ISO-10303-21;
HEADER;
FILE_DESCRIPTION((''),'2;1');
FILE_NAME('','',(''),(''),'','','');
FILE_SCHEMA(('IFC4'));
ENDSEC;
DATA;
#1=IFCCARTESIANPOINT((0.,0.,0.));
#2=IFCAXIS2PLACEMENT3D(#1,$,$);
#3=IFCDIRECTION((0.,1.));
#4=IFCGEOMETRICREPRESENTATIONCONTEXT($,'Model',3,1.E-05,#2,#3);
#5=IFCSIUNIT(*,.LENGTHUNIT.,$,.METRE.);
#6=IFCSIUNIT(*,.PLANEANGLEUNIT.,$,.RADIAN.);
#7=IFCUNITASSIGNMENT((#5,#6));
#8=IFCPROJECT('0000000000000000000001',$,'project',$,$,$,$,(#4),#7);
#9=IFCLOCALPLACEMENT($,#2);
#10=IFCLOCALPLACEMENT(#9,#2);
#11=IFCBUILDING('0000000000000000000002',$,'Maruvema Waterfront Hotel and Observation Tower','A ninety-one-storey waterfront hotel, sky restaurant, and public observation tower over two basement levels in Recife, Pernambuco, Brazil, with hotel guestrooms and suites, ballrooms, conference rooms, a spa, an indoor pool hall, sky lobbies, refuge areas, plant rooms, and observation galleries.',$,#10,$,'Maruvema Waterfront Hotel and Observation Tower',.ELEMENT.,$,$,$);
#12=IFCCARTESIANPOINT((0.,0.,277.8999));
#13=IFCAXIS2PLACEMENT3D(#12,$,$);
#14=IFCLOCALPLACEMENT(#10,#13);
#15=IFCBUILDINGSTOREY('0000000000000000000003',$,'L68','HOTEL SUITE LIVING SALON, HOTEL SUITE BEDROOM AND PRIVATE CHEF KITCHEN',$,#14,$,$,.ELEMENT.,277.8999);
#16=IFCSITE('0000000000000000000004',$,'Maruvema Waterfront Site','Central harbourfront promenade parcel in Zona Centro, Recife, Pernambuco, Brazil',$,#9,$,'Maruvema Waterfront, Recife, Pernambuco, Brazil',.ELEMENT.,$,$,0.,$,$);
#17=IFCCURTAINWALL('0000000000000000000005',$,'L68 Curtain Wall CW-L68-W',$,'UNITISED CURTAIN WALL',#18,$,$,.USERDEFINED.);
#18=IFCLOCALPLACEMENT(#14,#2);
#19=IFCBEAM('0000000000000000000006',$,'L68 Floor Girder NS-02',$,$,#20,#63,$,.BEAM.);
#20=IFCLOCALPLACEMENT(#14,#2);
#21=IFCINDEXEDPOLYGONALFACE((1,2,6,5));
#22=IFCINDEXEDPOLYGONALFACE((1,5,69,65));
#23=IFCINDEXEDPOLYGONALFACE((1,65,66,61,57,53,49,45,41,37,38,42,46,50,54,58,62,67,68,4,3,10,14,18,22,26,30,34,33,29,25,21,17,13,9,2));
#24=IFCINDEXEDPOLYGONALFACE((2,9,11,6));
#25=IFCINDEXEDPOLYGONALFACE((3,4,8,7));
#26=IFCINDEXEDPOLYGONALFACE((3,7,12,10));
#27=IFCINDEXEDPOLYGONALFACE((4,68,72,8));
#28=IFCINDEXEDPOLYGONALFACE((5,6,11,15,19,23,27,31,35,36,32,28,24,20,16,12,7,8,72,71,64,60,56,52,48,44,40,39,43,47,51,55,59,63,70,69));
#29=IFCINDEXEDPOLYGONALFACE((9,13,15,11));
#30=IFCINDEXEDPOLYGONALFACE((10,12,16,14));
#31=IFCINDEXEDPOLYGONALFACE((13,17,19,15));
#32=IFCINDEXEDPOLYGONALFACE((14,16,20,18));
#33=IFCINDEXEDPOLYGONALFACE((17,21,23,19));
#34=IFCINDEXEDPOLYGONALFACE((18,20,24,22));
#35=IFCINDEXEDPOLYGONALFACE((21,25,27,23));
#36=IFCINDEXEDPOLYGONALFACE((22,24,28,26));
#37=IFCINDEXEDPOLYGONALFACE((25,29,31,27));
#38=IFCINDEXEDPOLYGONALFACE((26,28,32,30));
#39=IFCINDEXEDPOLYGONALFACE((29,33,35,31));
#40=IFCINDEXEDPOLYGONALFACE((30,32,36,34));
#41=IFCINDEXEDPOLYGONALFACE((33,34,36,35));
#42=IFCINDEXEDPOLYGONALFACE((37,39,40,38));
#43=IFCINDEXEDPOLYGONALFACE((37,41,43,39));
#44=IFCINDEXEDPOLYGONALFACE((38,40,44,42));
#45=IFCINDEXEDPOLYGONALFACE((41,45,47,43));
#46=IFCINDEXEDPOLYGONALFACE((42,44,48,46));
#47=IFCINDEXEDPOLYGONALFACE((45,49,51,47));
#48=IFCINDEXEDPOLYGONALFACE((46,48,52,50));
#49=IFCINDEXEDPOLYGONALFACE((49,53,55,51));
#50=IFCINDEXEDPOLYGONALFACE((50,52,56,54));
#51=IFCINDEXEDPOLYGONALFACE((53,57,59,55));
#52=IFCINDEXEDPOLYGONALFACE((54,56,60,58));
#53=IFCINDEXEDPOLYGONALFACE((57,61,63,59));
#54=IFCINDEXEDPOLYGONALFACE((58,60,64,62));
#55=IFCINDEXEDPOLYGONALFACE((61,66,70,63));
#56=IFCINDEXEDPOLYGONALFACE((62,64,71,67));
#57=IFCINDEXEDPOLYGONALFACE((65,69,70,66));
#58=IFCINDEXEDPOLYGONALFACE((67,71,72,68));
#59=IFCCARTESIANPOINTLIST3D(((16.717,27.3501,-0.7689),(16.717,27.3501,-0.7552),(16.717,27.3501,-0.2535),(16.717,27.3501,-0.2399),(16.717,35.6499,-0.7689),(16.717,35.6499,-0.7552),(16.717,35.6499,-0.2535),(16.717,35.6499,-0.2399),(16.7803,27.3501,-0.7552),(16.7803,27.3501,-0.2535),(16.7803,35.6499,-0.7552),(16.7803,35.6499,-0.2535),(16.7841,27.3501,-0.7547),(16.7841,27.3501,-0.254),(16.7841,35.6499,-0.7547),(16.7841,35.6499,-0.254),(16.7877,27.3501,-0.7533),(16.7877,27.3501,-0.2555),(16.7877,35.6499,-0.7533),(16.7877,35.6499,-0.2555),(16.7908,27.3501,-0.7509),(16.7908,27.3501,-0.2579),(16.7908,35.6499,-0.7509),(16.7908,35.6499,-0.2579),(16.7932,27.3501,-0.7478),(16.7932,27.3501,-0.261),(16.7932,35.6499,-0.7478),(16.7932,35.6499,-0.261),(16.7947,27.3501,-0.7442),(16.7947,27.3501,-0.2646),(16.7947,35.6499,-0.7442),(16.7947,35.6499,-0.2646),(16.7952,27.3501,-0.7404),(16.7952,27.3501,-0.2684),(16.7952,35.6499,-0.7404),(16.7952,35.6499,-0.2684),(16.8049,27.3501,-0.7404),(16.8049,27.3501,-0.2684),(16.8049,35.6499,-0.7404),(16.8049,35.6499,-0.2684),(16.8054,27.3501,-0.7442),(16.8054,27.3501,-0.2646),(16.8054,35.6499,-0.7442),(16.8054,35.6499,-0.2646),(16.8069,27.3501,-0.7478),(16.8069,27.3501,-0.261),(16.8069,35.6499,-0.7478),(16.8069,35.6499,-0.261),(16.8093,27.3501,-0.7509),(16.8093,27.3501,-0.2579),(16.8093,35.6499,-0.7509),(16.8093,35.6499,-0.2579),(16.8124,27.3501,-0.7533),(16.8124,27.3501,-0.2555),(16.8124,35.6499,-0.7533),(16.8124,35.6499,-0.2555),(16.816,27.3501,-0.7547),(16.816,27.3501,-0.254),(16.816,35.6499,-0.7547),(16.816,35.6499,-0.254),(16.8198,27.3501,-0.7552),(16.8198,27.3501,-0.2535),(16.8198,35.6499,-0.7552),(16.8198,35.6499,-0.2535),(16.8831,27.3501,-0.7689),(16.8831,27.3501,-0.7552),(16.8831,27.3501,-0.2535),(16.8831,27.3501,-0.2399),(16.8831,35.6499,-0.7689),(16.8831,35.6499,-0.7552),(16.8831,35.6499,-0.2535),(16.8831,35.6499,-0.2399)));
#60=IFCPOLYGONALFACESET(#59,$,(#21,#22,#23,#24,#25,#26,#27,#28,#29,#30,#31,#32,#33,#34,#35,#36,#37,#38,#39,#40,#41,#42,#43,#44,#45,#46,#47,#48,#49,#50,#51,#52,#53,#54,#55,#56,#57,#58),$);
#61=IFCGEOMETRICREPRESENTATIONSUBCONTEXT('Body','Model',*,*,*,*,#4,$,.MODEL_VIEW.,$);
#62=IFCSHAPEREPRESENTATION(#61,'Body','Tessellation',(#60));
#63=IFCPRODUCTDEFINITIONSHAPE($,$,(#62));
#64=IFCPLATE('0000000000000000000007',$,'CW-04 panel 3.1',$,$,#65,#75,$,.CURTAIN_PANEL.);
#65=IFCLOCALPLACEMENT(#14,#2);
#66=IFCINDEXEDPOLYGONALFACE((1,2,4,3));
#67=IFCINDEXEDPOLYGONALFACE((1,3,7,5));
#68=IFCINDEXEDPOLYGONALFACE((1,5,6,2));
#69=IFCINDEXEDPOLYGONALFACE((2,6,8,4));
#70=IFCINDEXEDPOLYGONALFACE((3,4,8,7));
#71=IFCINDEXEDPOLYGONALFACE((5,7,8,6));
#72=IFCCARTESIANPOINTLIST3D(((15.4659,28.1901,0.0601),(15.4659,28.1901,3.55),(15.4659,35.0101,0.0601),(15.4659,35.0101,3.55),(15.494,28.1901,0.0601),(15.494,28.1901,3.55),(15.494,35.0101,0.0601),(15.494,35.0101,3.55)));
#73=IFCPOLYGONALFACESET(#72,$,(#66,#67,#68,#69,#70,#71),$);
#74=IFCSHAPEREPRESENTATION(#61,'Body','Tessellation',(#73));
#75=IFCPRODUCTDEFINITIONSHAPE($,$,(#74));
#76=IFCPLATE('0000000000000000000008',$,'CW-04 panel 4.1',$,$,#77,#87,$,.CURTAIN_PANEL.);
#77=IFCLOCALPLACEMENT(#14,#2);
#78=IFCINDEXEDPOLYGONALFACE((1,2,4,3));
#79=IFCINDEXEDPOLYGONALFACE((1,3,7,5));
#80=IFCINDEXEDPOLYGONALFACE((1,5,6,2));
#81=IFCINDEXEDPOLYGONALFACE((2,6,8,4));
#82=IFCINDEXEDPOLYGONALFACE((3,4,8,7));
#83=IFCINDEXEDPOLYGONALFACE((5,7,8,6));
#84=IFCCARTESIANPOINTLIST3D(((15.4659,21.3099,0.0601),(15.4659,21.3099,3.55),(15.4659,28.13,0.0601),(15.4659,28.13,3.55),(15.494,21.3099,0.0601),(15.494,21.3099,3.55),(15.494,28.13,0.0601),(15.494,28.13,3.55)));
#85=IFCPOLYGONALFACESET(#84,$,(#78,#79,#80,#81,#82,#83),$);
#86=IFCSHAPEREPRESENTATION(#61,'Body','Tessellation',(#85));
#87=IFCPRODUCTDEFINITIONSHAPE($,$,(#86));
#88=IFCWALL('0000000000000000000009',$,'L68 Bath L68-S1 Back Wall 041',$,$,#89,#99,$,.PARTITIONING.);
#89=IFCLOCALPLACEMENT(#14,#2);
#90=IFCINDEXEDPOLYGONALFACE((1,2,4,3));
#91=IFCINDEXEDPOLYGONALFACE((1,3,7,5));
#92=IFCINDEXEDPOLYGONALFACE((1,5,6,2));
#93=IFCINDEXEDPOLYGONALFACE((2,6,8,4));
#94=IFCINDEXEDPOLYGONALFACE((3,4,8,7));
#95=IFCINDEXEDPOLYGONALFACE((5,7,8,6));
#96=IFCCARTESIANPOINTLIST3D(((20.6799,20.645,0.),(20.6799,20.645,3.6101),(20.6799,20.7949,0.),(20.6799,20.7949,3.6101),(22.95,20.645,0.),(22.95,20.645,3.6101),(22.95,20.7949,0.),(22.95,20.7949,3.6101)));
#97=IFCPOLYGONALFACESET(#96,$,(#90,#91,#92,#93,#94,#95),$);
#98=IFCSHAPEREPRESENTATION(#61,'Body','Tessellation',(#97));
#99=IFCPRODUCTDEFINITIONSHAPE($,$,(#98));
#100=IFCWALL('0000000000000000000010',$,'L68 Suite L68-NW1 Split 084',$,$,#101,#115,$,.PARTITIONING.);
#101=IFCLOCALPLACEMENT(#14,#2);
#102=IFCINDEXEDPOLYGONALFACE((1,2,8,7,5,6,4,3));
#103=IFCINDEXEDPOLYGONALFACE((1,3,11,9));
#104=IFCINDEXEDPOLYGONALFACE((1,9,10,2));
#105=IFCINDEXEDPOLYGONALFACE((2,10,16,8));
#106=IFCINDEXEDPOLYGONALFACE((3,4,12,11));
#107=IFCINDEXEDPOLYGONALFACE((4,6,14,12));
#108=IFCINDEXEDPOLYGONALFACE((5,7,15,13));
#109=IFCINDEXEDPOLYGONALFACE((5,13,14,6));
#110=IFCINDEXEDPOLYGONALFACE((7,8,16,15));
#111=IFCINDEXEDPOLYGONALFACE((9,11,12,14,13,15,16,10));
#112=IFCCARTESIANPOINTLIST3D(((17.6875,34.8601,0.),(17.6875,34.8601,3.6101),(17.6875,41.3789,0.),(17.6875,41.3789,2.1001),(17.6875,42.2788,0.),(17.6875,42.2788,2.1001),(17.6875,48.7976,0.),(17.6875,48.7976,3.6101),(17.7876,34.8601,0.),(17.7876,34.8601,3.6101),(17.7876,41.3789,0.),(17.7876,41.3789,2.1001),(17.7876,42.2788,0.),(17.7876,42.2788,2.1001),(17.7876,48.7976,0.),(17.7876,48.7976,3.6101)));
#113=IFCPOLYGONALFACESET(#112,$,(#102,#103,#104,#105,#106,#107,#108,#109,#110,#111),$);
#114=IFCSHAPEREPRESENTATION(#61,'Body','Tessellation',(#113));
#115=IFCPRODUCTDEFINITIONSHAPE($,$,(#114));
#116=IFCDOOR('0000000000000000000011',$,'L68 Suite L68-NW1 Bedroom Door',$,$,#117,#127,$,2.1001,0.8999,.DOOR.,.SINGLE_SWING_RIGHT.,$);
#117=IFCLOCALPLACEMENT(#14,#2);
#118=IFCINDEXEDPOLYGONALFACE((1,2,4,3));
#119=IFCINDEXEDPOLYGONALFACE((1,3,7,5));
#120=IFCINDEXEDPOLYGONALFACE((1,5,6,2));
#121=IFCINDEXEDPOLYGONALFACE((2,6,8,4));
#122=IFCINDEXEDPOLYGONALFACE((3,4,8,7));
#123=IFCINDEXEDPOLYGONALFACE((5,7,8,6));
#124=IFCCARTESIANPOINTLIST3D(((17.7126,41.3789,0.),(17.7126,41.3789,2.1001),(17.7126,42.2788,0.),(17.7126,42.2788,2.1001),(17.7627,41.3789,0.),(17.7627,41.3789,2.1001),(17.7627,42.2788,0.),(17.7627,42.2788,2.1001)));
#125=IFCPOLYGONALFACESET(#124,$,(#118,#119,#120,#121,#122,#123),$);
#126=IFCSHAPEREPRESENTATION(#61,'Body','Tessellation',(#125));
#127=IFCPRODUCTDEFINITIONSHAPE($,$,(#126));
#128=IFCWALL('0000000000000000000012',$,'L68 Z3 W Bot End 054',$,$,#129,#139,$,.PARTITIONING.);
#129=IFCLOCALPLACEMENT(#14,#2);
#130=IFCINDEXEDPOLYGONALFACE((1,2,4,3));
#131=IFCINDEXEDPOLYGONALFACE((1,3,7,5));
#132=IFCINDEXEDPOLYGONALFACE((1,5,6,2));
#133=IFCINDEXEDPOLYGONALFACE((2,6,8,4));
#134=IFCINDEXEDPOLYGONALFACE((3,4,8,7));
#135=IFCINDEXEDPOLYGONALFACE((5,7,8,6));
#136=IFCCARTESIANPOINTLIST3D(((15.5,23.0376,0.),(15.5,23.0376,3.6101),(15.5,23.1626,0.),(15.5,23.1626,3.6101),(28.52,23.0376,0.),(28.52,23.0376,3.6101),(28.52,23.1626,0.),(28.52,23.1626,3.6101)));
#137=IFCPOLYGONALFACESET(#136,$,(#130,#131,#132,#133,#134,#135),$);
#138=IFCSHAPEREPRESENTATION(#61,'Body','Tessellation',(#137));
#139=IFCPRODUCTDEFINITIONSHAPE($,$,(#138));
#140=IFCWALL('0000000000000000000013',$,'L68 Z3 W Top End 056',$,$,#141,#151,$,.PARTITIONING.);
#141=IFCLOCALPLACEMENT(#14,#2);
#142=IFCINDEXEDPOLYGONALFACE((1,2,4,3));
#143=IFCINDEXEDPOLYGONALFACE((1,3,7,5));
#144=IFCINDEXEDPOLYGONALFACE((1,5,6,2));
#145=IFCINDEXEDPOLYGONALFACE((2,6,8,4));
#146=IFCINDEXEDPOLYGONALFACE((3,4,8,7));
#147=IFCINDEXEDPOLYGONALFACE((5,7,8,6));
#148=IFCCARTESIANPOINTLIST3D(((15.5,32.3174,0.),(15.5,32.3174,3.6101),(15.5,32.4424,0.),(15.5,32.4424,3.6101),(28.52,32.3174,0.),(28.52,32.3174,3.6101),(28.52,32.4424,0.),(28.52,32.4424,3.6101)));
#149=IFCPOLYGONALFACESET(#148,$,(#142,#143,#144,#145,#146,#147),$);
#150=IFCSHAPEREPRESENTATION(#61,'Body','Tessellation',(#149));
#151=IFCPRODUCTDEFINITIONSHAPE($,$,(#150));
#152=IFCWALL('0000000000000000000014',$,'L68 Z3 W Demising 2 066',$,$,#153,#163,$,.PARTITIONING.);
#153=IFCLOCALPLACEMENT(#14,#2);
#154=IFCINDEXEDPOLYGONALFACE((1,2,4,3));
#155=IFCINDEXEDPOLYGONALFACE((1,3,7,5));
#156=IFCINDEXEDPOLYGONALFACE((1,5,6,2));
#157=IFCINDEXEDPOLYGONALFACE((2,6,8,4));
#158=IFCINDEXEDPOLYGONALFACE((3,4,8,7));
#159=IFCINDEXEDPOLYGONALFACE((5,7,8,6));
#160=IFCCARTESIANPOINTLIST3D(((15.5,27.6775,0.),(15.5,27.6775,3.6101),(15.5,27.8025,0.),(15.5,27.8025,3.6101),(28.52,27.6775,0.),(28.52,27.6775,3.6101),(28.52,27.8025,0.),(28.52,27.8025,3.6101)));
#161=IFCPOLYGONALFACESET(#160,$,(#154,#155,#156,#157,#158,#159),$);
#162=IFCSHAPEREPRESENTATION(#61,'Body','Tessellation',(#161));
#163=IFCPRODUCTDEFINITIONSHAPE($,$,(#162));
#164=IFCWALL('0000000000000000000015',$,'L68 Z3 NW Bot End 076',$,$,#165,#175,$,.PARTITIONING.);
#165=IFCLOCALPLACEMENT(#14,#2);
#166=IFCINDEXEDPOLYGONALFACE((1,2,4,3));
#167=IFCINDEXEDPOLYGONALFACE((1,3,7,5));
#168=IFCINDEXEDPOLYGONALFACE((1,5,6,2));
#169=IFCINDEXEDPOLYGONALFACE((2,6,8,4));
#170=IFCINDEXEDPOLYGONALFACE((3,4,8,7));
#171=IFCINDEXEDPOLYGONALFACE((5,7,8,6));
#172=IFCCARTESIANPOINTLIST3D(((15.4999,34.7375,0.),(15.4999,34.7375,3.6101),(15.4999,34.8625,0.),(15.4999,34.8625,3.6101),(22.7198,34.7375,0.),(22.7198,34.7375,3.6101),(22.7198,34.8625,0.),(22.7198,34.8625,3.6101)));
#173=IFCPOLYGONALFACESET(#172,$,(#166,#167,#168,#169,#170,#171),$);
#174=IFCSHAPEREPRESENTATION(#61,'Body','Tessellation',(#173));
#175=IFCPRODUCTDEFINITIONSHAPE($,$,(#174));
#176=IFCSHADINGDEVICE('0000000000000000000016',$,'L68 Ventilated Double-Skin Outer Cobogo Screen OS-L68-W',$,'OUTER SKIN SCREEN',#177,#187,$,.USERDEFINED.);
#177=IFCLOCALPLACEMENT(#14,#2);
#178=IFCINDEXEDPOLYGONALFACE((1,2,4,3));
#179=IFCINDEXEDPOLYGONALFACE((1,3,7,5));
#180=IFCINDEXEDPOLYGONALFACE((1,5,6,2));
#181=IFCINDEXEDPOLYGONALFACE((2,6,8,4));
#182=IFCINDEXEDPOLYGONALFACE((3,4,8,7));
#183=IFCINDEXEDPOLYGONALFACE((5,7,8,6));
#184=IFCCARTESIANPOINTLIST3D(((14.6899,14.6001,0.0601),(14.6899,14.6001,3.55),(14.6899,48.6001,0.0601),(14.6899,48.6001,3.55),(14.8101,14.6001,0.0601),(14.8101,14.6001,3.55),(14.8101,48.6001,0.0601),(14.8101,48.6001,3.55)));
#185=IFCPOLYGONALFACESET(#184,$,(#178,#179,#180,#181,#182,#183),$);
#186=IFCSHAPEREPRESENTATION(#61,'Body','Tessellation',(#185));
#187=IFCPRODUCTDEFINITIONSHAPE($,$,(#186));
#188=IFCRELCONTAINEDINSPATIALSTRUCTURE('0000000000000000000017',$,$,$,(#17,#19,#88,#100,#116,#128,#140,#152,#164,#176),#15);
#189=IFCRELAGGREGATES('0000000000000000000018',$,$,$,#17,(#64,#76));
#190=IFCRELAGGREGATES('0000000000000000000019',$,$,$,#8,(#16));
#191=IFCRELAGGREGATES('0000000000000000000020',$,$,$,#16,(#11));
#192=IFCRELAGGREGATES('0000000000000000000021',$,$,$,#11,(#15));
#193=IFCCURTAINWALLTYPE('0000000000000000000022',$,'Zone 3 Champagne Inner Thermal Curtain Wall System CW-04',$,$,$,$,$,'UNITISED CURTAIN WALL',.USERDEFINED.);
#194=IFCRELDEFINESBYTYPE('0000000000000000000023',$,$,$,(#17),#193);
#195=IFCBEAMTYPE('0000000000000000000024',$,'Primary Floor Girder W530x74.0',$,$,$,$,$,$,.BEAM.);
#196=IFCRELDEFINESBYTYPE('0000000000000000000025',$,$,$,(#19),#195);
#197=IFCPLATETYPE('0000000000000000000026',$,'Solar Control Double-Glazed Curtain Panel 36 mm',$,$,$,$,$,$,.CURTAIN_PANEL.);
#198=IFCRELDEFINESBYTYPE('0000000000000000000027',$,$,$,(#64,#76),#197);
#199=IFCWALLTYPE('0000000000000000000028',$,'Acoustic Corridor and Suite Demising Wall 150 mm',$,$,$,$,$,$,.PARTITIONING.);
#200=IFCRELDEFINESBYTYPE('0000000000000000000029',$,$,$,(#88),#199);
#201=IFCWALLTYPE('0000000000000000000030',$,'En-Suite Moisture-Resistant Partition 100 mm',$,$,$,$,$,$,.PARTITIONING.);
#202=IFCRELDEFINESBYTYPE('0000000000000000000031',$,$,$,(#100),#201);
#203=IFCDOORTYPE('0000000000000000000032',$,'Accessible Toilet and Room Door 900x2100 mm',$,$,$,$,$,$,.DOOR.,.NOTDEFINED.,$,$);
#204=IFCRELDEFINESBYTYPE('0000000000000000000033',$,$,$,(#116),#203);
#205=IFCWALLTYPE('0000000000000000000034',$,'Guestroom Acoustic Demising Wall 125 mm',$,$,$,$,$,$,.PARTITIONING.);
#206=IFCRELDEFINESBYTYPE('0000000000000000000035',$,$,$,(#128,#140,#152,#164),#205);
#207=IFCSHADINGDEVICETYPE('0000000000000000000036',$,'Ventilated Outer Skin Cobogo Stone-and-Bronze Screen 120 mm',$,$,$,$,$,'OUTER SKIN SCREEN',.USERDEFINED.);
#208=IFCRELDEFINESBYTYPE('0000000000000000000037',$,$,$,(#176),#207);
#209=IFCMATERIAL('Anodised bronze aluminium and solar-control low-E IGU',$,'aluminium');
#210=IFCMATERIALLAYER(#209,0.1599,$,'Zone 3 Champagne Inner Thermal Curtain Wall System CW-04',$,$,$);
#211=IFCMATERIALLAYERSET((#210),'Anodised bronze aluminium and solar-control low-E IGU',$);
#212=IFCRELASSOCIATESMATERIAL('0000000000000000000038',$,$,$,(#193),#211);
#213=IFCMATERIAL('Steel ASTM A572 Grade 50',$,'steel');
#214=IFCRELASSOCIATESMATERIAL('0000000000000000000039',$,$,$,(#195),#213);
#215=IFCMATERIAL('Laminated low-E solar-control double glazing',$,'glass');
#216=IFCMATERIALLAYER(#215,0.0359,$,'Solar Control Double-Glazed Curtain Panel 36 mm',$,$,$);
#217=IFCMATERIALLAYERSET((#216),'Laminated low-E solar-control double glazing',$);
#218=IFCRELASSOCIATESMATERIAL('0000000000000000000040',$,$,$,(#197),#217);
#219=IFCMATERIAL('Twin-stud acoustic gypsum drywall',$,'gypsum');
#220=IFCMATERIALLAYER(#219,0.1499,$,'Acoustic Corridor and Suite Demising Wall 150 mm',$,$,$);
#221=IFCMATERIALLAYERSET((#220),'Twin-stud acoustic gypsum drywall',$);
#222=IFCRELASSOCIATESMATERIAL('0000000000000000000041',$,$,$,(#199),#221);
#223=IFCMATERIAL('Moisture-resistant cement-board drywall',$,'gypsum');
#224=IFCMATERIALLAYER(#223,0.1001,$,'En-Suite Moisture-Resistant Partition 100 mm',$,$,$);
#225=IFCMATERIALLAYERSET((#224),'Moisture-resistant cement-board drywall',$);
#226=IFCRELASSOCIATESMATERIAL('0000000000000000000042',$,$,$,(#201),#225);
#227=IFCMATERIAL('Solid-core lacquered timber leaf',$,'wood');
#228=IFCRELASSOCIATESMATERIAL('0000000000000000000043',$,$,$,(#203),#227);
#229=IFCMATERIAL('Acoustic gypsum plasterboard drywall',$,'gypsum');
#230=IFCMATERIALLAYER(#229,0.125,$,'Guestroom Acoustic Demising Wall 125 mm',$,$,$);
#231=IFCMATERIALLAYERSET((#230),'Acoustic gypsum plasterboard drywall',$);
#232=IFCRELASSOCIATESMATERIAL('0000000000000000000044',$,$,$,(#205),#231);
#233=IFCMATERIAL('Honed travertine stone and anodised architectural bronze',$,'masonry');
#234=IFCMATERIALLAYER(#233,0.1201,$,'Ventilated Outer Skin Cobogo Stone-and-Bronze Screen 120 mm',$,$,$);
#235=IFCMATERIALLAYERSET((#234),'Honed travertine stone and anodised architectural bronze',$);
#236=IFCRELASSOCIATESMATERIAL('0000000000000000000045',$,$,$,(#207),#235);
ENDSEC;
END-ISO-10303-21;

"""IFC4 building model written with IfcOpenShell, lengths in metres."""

from ifc_helpers import new_model, si_unit, direction, frame, frame_2d, origin, origin_2d, place, context, subcontext, project, spatial, rectangle, i_section, extrude, material, layer, layer_set, material_profile, profile_set, type_object, element, fill, aggregate, save


model = new_model("IFC4")

# Units and contexts
model_context = context("Model", 3, precision=1e-05, world=origin(), true_north=direction((0.0, 1.0)))
body_context = subcontext(model_context, "Body", "Model", "MODEL_VIEW")
ifc_project = project(units=[si_unit("LENGTHUNIT", "METRE"), si_unit("PLANEANGLEUNIT", "RADIAN")], contexts=[model_context])

# Site, building, storey
site_placement = place(None, origin())
site = spatial("IfcSite", under=ifc_project, at=site_placement, Name="Maruvema Waterfront Site", Description="Central harbourfront promenade parcel in Zona Centro, Recife, Pernambuco, Brazil", LongName="Maruvema Waterfront, Recife, Pernambuco, Brazil", CompositionType="ELEMENT", RefElevation=0.0)
building_placement = place(site_placement, origin())
building = spatial("IfcBuilding", under=site, at=building_placement, Name="Maruvema Waterfront Hotel and Observation Tower", Description="A ninety-one-storey waterfront hotel, sky restaurant, and public observation tower over two basement levels in Recife, Pernambuco, Brazil, with hotel guestrooms and suites, ballrooms, conference rooms, a spa, an indoor pool hall, sky lobbies, refuge areas, plant rooms, and observation galleries.", LongName="Maruvema Waterfront Hotel and Observation Tower", CompositionType="ELEMENT")
storey_placement = place(building_placement, frame((0.0, 0.0, 277.8999)))
storey = spatial("IfcBuildingStorey", under=building, at=storey_placement, Name="L68", Description="HOTEL SUITE LIVING SALON, HOTEL SUITE BEDROOM AND PRIVATE CHEF KITCHEN", CompositionType="ELEMENT", Elevation=277.8999)

# Curtain wall
ifc_material_1 = material(Name="Anodised bronze aluminium and solar-control low-E IGU", Category="aluminium")
ifc_layer_1 = layer(ifc_material_1, 0.1599, Name="Zone 3 Champagne Inner Thermal Curtain Wall System CW-04")
ifc_layer_set_1 = layer_set([ifc_layer_1], Name="Anodised bronze aluminium and solar-control low-E IGU")
curtain_wall_type = type_object("IfcCurtainWallType", Name="Zone 3 Champagne Inner Thermal Curtain Wall System CW-04", ElementType="UNITISED CURTAIN WALL", PredefinedType="USERDEFINED", material=ifc_layer_set_1)
curtain_wall_placement = place(storey_placement, origin())
curtain_wall = element("IfcCurtainWall", 1, at=curtain_wall_placement, inside=storey, type_object=curtain_wall_type, Name="L68 Curtain Wall CW-L68-W", ObjectType="UNITISED CURTAIN WALL", PredefinedType="USERDEFINED")

# Beam
ifc_material_2 = material(Name="Steel ASTM A572 Grade 50", Category="steel")
ifc_material_profile_1 = material_profile(ifc_material_2, i_section(OverallWidth=0.166, OverallDepth=0.5291, WebThickness=0.0098, FlangeThickness=0.0137, FilletRadius=0.0149, at=origin_2d()), Name="W530x74.0")
ifc_profile_set_1 = profile_set([ifc_material_profile_1], Name="Steel ASTM A572 Grade 50")
beam_type = type_object("IfcBeamType", Name="Primary Floor Girder W530x74.0", PredefinedType="BEAM", material=ifc_profile_set_1)
beam_1_placement = place(storey_placement, frame((16.8, 27.3501, -0.5044), z_axis=(0.0, 1.0, 0.0), x_axis=(-1.0, 0.0, 0.0)))
element("IfcBeam", 2, at=beam_1_placement, inside=storey, type_object=beam_type, Name="L68 Floor Girder NS-02", PredefinedType="BEAM", context=body_context, shape_type="SweptSolid", body=[
    extrude(i_section(OverallWidth=0.166, OverallDepth=0.5291, WebThickness=0.0098, FlangeThickness=0.0137, FilletRadius=0.0149, at=origin_2d()), origin(), (0.0, 0.0, 1.0), 8.2998),
])

# Plates
ifc_material_3 = material(Name="Laminated low-E solar-control double glazing", Category="glass")
ifc_layer_2 = layer(ifc_material_3, 0.0359, Name="Solar Control Double-Glazed Curtain Panel 36 mm")
ifc_layer_set_2 = layer_set([ifc_layer_2], Name="Laminated low-E solar-control double glazing")
plate_type = type_object("IfcPlateType", Name="Solar Control Double-Glazed Curtain Panel 36 mm", PredefinedType="CURTAIN_PANEL", material=ifc_layer_set_2)
plate_1_placement = place(storey_placement, frame((15.48, 31.6001, 0.0601), z_axis=(0.0, 0.0, 1.0), x_axis=(0.0, -1.0, 0.0)))
plate_1 = element("IfcPlate", 3, at=plate_1_placement, type_object=plate_type, Name="CW-04 panel 3.1", PredefinedType="CURTAIN_PANEL", context=body_context, shape_type="SweptSolid", body=[
    extrude(rectangle(XDim=6.8201, YDim=0.0281, at=origin_2d()), origin(), (0.0, 0.0, 1.0), 3.49),
])
plate_2_placement = place(storey_placement, frame((15.48, 24.72, 0.0601), z_axis=(0.0, 0.0, 1.0), x_axis=(0.0, -1.0, 0.0)))
plate_2 = element("IfcPlate", 4, at=plate_2_placement, type_object=plate_type, Name="CW-04 panel 4.1", PredefinedType="CURTAIN_PANEL", context=body_context, shape_type="SweptSolid", body=[
    extrude(rectangle(XDim=6.8201, YDim=0.0281, at=origin_2d()), origin(), (0.0, 0.0, 1.0), 3.49),
])
aggregate(curtain_wall, [plate_1, plate_2])

# Wall
ifc_material_4 = material(Name="Twin-stud acoustic gypsum drywall", Category="gypsum")
ifc_layer_3 = layer(ifc_material_4, 0.1499, Name="Acoustic Corridor and Suite Demising Wall 150 mm")
ifc_layer_set_3 = layer_set([ifc_layer_3], Name="Twin-stud acoustic gypsum drywall")
wall_type_1 = type_object("IfcWallType", Name="Acoustic Corridor and Suite Demising Wall 150 mm", PredefinedType="PARTITIONING", material=ifc_layer_set_3)
wall_1_placement = place(storey_placement, frame((20.6799, 20.72, 0.0), z_axis=(0.0, 0.0, 1.0), x_axis=(1.0, 0.0, 0.0)))
element("IfcWall", 5, at=wall_1_placement, inside=storey, type_object=wall_type_1, Name="L68 Bath L68-S1 Back Wall 041", PredefinedType="PARTITIONING", context=body_context, shape_type="SweptSolid", body=[
    extrude(rectangle(XDim=2.27, YDim=0.1499, at=frame_2d((1.135, 0.0))), origin(), (0.0, 0.0, 1.0), 3.6101),
])

# Wall, opening, door
ifc_material_5 = material(Name="Moisture-resistant cement-board drywall", Category="gypsum")
ifc_layer_4 = layer(ifc_material_5, 0.1001, Name="En-Suite Moisture-Resistant Partition 100 mm")
ifc_layer_set_4 = layer_set([ifc_layer_4], Name="Moisture-resistant cement-board drywall")
wall_type_2 = type_object("IfcWallType", Name="En-Suite Moisture-Resistant Partition 100 mm", PredefinedType="PARTITIONING", material=ifc_layer_set_4)
wall_2_placement = place(storey_placement, frame((17.7375, 34.8601, 0.0), z_axis=(0.0, 0.0, 1.0), x_axis=(0.0, 1.0, 0.0)))
wall_2 = element("IfcWall", 6, at=wall_2_placement, inside=storey, type_object=wall_type_2, Name="L68 Suite L68-NW1 Split 084", PredefinedType="PARTITIONING", context=body_context, shape_type="SweptSolid", body=[
    extrude(rectangle(XDim=13.9375, YDim=0.1001, at=frame_2d((6.9688, 0.0))), origin(), (0.0, 0.0, 1.0), 3.6101),
])
opening_placement = place(wall_2_placement, frame((6.5188, 0.0, 0.0)))
opening = element("IfcOpeningElement", 7, at=opening_placement, cuts=wall_2, PredefinedType="OPENING", context=body_context, shape_type="SweptSolid", body=[
    extrude(rectangle(XDim=0.8999, YDim=2.1001, at=frame_2d((0.45, 1.05))), frame((0.0, 0.0601, 0.0), z_axis=(0.0, -1.0, 0.0), x_axis=(1.0, 0.0, 0.0)), (0.0, 0.0, 1.0), 0.1201),
])
ifc_material_6 = material(Name="Solid-core lacquered timber leaf", Category="wood")
door_type = type_object("IfcDoorType", Name="Accessible Toilet and Room Door 900x2100 mm", OperationType="NOTDEFINED", PredefinedType="DOOR", material=ifc_material_6)
door_placement = place(opening_placement, origin())
door = element("IfcDoor", 8, at=door_placement, inside=storey, type_object=door_type, Name="L68 Suite L68-NW1 Bedroom Door", OperationType="SINGLE_SWING_RIGHT", OverallHeight=2.1001, OverallWidth=0.8999, PredefinedType="DOOR", context=body_context, shape_type="SweptSolid", body=[
    extrude(rectangle(XDim=0.8999, YDim=2.1001, at=frame_2d((0.45, 1.05))), frame((0.0, 0.0249, 0.0), z_axis=(0.0, -1.0, 0.0), x_axis=(1.0, 0.0, 0.0)), (0.0, 0.0, 1.0), 0.05),
])
fill(opening, door)

# Walls
ifc_material_7 = material(Name="Acoustic gypsum plasterboard drywall", Category="gypsum")
ifc_layer_5 = layer(ifc_material_7, 0.125, Name="Guestroom Acoustic Demising Wall 125 mm")
ifc_layer_set_5 = layer_set([ifc_layer_5], Name="Acoustic gypsum plasterboard drywall")
wall_type_3 = type_object("IfcWallType", Name="Guestroom Acoustic Demising Wall 125 mm", PredefinedType="PARTITIONING", material=ifc_layer_set_5)
for number, where, z_axis, x_axis, name in (
    (9, (15.5, 23.1001, 0.0), (0.0, 0.0, 1.0), (1.0, 0.0, 0.0), "L68 Z3 W Bot End 054"),
    (10, (15.5, 32.3799, 0.0), (0.0, 0.0, 1.0), (1.0, 0.0, 0.0), "L68 Z3 W Top End 056"),
    (11, (15.5, 27.74, 0.0), (0.0, 0.0, 1.0), (1.0, 0.0, 0.0), "L68 Z3 W Demising 2 066"),
):
    element("IfcWall", number, at=place(storey_placement, frame(where, z_axis=z_axis, x_axis=x_axis)), inside=storey, type_object=wall_type_3, Name=name, PredefinedType="PARTITIONING", context=body_context, shape_type="SweptSolid", body=[
        extrude(rectangle(XDim=13.02, YDim=0.125, at=frame_2d((6.51, 0.0))), origin(), (0.0, 0.0, 1.0), 3.6101),
    ])
wall_3_placement = place(storey_placement, frame((15.5, 34.8, 0.0), z_axis=(0.0, 0.0, 1.0), x_axis=(1.0, 0.0, 0.0)))
element("IfcWall", 12, at=wall_3_placement, inside=storey, type_object=wall_type_3, Name="L68 Z3 NW Bot End 076", PredefinedType="PARTITIONING", context=body_context, shape_type="SweptSolid", body=[
    extrude(rectangle(XDim=7.22, YDim=0.125, at=frame_2d((3.6099, 0.0))), origin(), (0.0, 0.0, 1.0), 3.6101),
])

# Shading device
ifc_material_8 = material(Name="Honed travertine stone and anodised architectural bronze", Category="masonry")
ifc_layer_6 = layer(ifc_material_8, 0.1201, Name="Ventilated Outer Skin Cobogo Stone-and-Bronze Screen 120 mm")
ifc_layer_set_6 = layer_set([ifc_layer_6], Name="Honed travertine stone and anodised architectural bronze")
shading_device_type = type_object("IfcShadingDeviceType", Name="Ventilated Outer Skin Cobogo Stone-and-Bronze Screen 120 mm", ElementType="OUTER SKIN SCREEN", PredefinedType="USERDEFINED", material=ifc_layer_set_6)
shading_device_placement = place(storey_placement, frame((14.75, 31.6001, 0.0601), z_axis=(0.0, 0.0, 1.0), x_axis=(0.0, -1.0, 0.0)))
element("IfcShadingDevice", 13, at=shading_device_placement, inside=storey, type_object=shading_device_type, Name="L68 Ventilated Double-Skin Outer Cobogo Screen OS-L68-W", ObjectType="OUTER SKIN SCREEN", PredefinedType="USERDEFINED", context=body_context, shape_type="SweptSolid", body=[
    extrude(rectangle(XDim=34.0, YDim=0.1201, at=origin_2d()), origin(), (0.0, 0.0, 1.0), 3.49),
])

save(model, "model.ifc")
